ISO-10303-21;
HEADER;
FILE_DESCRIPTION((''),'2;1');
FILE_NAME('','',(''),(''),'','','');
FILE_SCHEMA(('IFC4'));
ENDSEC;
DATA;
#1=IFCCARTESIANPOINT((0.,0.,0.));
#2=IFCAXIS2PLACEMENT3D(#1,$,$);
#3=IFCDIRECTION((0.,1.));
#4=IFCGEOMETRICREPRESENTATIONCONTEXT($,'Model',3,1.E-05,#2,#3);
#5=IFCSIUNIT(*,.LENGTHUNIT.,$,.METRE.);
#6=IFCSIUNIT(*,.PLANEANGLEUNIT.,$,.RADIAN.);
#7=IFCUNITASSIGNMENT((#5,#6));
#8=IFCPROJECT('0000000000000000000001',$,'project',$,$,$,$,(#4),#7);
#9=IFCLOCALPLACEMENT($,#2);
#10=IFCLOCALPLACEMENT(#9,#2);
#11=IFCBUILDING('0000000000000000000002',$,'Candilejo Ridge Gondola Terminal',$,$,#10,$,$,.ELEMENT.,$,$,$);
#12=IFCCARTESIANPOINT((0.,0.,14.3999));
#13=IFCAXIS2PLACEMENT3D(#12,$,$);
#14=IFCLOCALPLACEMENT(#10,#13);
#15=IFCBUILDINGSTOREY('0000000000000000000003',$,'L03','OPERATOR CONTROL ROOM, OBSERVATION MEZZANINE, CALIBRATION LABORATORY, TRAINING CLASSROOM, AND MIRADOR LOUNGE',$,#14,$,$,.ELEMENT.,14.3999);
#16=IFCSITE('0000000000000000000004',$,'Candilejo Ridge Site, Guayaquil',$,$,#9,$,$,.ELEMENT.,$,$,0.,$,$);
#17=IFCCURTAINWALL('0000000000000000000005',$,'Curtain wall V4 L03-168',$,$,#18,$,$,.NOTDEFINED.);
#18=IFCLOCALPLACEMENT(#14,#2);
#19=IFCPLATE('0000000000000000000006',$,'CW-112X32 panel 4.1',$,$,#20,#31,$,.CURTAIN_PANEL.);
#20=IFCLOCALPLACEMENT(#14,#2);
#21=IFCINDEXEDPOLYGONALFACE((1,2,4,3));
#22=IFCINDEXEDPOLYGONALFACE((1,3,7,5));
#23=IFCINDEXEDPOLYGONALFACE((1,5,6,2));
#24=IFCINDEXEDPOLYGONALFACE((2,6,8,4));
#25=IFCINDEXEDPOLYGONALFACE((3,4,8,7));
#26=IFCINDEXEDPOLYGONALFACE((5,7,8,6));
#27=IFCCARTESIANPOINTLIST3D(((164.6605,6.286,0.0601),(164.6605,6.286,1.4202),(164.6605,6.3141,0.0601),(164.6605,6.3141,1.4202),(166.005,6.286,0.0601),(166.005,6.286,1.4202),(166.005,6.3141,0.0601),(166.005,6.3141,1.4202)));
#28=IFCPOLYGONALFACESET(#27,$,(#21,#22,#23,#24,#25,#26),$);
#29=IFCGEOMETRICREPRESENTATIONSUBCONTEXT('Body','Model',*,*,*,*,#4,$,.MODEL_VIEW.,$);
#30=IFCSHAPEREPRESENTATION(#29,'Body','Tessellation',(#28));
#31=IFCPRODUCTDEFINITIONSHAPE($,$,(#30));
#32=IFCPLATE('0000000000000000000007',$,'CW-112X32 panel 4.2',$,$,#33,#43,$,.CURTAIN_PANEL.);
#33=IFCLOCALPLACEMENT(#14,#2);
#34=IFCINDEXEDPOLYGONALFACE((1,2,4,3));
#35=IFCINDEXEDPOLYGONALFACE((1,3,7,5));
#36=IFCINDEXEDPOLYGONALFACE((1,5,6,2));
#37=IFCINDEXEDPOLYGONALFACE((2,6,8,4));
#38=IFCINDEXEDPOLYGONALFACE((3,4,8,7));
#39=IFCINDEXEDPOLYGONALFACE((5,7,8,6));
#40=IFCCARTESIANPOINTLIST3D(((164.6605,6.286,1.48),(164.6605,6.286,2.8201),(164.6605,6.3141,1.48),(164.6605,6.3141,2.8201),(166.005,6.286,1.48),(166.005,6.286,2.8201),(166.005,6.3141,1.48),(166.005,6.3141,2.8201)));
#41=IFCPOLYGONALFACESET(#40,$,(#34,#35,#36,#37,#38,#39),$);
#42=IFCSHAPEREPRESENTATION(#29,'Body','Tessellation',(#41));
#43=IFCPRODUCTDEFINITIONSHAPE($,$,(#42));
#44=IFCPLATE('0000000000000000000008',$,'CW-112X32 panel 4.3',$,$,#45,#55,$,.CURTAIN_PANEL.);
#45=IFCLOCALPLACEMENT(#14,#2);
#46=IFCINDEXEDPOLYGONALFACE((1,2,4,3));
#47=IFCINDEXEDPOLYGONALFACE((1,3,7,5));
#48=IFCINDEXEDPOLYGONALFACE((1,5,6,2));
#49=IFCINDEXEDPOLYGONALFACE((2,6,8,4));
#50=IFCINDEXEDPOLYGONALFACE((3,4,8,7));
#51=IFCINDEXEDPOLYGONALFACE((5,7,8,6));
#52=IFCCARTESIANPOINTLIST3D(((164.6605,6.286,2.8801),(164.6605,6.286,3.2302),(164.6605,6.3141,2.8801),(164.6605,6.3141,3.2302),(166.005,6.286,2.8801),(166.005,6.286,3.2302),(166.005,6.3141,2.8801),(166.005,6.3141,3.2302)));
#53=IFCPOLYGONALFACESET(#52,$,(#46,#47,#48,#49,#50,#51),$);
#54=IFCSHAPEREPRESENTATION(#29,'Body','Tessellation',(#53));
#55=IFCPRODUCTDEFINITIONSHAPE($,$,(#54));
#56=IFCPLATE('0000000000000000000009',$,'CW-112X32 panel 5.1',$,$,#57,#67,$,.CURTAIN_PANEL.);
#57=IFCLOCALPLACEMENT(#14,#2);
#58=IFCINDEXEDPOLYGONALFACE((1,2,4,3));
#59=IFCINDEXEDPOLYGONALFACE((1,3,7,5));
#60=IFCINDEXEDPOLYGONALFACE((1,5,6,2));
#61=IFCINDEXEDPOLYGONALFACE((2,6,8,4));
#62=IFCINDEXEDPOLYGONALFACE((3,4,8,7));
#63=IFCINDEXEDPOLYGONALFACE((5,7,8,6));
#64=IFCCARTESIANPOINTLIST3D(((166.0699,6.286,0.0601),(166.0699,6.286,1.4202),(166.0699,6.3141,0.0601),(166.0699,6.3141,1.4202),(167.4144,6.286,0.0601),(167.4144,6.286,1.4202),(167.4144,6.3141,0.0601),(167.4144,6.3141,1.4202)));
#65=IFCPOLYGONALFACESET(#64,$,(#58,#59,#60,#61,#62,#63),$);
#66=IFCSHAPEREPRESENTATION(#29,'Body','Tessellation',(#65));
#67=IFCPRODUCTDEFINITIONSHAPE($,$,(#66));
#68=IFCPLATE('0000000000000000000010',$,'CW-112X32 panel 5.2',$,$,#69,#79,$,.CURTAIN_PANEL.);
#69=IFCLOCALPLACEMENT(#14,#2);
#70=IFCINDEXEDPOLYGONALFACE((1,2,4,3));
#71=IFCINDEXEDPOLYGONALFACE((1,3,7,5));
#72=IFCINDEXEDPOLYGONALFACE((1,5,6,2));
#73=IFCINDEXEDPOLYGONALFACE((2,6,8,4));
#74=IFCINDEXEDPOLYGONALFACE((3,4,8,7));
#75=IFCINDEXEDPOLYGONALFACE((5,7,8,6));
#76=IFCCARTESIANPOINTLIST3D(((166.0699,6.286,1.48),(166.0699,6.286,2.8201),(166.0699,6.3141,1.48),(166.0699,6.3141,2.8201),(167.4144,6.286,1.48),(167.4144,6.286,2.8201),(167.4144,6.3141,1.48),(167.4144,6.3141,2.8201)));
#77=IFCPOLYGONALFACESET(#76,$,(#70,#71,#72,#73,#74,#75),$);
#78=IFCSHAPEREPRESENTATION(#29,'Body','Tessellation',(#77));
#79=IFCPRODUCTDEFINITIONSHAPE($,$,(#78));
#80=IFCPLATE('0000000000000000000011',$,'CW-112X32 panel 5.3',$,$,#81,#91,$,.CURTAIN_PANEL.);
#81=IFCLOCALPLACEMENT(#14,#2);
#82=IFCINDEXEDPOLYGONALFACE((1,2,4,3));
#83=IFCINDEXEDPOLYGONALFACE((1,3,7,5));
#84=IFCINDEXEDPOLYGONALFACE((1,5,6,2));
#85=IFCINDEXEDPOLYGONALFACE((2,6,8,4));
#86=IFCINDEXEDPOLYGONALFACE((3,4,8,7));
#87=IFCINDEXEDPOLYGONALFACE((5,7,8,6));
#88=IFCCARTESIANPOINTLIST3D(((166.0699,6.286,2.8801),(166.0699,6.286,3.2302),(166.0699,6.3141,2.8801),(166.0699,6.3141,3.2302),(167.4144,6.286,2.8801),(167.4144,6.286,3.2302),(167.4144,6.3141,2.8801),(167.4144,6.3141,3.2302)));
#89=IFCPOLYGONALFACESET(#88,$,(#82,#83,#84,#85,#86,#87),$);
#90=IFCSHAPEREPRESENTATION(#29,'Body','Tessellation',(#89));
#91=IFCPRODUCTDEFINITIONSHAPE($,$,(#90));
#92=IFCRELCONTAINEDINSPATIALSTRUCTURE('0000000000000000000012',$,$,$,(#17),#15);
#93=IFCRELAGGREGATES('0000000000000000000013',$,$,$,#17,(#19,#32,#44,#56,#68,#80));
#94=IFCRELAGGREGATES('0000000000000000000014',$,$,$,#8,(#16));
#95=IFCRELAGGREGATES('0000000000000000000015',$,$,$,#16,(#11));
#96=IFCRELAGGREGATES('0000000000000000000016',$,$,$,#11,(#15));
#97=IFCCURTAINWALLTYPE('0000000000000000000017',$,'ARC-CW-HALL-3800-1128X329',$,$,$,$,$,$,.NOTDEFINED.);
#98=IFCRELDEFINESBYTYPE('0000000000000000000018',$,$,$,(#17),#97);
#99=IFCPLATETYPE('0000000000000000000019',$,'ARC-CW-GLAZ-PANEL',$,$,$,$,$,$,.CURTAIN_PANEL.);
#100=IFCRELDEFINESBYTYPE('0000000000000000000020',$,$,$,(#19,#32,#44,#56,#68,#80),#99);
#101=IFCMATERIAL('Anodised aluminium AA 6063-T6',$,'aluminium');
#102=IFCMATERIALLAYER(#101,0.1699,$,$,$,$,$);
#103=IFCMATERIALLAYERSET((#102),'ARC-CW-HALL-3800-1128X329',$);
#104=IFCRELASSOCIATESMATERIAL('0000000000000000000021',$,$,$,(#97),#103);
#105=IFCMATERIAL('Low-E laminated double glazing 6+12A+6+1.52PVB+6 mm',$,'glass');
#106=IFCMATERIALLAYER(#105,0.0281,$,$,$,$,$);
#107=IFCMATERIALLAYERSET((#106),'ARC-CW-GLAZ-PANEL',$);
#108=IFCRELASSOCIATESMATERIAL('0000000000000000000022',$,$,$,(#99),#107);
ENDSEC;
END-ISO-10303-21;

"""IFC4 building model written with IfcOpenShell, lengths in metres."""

from ifc_helpers import new_model, si_unit, direction, frame, origin, origin_2d, place, context, subcontext, project, spatial, rectangle, extrude, material, layer, layer_set, type_object, element, aggregate, save


model = new_model("IFC4")

# Units and contexts
model_context = context("Model", 3, precision=1e-05, world=origin(), true_north=direction((0.0, 1.0)))
body_context = subcontext(model_context, "Body", "Model", "MODEL_VIEW")
ifc_project = project(units=[si_unit("LENGTHUNIT", "METRE"), si_unit("PLANEANGLEUNIT", "RADIAN")], contexts=[model_context])

# Site, building, storey
site_placement = place(None, origin())
site = spatial("IfcSite", under=ifc_project, at=site_placement, Name="Candilejo Ridge Site, Guayaquil", CompositionType="ELEMENT", RefElevation=0.0)
building_placement = place(site_placement, origin())
building = spatial("IfcBuilding", under=site, at=building_placement, Name="Candilejo Ridge Gondola Terminal", CompositionType="ELEMENT")
storey_placement = place(building_placement, frame((0.0, 0.0, 14.3999)))
storey = spatial("IfcBuildingStorey", under=building, at=storey_placement, Name="L03", Description="OPERATOR CONTROL ROOM, OBSERVATION MEZZANINE, CALIBRATION LABORATORY, TRAINING CLASSROOM, AND MIRADOR LOUNGE", CompositionType="ELEMENT", Elevation=14.3999)

# Curtain wall, plates
ifc_material_1 = material(Name="Anodised aluminium AA 6063-T6", Category="aluminium")
ifc_layer_1 = layer(ifc_material_1, 0.1699)
ifc_layer_set_1 = layer_set([ifc_layer_1], Name="ARC-CW-HALL-3800-1128X329")
curtain_wall_type = type_object("IfcCurtainWallType", Name="ARC-CW-HALL-3800-1128X329", PredefinedType="NOTDEFINED", material=ifc_layer_set_1)
curtain_wall_placement = place(storey_placement, origin())
curtain_wall = element("IfcCurtainWall", 1, at=curtain_wall_placement, inside=storey, type_object=curtain_wall_type, Name="Curtain wall V4 L03-168", PredefinedType="NOTDEFINED")
ifc_material_2 = material(Name="Low-E laminated double glazing 6+12A+6+1.52PVB+6 mm", Category="glass")
ifc_layer_2 = layer(ifc_material_2, 0.0281)
ifc_layer_set_2 = layer_set([ifc_layer_2], Name="ARC-CW-GLAZ-PANEL")
plate_type = type_object("IfcPlateType", Name="ARC-CW-GLAZ-PANEL", PredefinedType="CURTAIN_PANEL", material=ifc_layer_set_2)
plate_1_placement = place(storey_placement, frame((165.3328, 6.3, 0.0601), z_axis=(0.0, 0.0, 1.0), x_axis=(1.0, 0.0, 0.0)))
plate_1 = element("IfcPlate", 2, at=plate_1_placement, type_object=plate_type, Name="CW-112X32 panel 4.1", PredefinedType="CURTAIN_PANEL", context=body_context, shape_type="SweptSolid", body=[
    extrude(rectangle(XDim=1.3445, YDim=0.0281, at=origin_2d()), origin(), (0.0, 0.0, 1.0), 1.3601),
])
plate_2_placement = place(storey_placement, frame((165.3328, 6.3, 1.48), z_axis=(0.0, 0.0, 1.0), x_axis=(1.0, 0.0, 0.0)))
plate_2 = element("IfcPlate", 3, at=plate_2_placement, type_object=plate_type, Name="CW-112X32 panel 4.2", PredefinedType="CURTAIN_PANEL", context=body_context, shape_type="SweptSolid", body=[
    extrude(rectangle(XDim=1.3445, YDim=0.0281, at=origin_2d()), origin(), (0.0, 0.0, 1.0), 1.3401),
])
plate_3_placement = place(storey_placement, frame((165.3328, 6.3, 2.8801), z_axis=(0.0, 0.0, 1.0), x_axis=(1.0, 0.0, 0.0)))
plate_3 = element("IfcPlate", 4, at=plate_3_placement, type_object=plate_type, Name="CW-112X32 panel 4.3", PredefinedType="CURTAIN_PANEL", context=body_context, shape_type="SweptSolid", body=[
    extrude(rectangle(XDim=1.3445, YDim=0.0281, at=origin_2d()), origin(), (0.0, 0.0, 1.0), 0.3501),
])
plate_4_placement = place(storey_placement, frame((166.7422, 6.3, 0.0601), z_axis=(0.0, 0.0, 1.0), x_axis=(1.0, 0.0, 0.0)))
plate_4 = element("IfcPlate", 5, at=plate_4_placement, type_object=plate_type, Name="CW-112X32 panel 5.1", PredefinedType="CURTAIN_PANEL", context=body_context, shape_type="SweptSolid", body=[
    extrude(rectangle(XDim=1.3445, YDim=0.0281, at=origin_2d()), origin(), (0.0, 0.0, 1.0), 1.3601),
])
plate_5_placement = place(storey_placement, frame((166.7422, 6.3, 1.48), z_axis=(0.0, 0.0, 1.0), x_axis=(1.0, 0.0, 0.0)))
plate_5 = element("IfcPlate", 6, at=plate_5_placement, type_object=plate_type, Name="CW-112X32 panel 5.2", PredefinedType="CURTAIN_PANEL", context=body_context, shape_type="SweptSolid", body=[
    extrude(rectangle(XDim=1.3445, YDim=0.0281, at=origin_2d()), origin(), (0.0, 0.0, 1.0), 1.3401),
])
plate_6_placement = place(storey_placement, frame((166.7422, 6.3, 2.8801), z_axis=(0.0, 0.0, 1.0), x_axis=(1.0, 0.0, 0.0)))
plate_6 = element("IfcPlate", 7, at=plate_6_placement, type_object=plate_type, Name="CW-112X32 panel 5.3", PredefinedType="CURTAIN_PANEL", context=body_context, shape_type="SweptSolid", body=[
    extrude(rectangle(XDim=1.3445, YDim=0.0281, at=origin_2d()), origin(), (0.0, 0.0, 1.0), 0.3501),
])
aggregate(curtain_wall, [plate_1, plate_2, plate_3, plate_4, plate_5, plate_6])

save(model, "model.ifc")
